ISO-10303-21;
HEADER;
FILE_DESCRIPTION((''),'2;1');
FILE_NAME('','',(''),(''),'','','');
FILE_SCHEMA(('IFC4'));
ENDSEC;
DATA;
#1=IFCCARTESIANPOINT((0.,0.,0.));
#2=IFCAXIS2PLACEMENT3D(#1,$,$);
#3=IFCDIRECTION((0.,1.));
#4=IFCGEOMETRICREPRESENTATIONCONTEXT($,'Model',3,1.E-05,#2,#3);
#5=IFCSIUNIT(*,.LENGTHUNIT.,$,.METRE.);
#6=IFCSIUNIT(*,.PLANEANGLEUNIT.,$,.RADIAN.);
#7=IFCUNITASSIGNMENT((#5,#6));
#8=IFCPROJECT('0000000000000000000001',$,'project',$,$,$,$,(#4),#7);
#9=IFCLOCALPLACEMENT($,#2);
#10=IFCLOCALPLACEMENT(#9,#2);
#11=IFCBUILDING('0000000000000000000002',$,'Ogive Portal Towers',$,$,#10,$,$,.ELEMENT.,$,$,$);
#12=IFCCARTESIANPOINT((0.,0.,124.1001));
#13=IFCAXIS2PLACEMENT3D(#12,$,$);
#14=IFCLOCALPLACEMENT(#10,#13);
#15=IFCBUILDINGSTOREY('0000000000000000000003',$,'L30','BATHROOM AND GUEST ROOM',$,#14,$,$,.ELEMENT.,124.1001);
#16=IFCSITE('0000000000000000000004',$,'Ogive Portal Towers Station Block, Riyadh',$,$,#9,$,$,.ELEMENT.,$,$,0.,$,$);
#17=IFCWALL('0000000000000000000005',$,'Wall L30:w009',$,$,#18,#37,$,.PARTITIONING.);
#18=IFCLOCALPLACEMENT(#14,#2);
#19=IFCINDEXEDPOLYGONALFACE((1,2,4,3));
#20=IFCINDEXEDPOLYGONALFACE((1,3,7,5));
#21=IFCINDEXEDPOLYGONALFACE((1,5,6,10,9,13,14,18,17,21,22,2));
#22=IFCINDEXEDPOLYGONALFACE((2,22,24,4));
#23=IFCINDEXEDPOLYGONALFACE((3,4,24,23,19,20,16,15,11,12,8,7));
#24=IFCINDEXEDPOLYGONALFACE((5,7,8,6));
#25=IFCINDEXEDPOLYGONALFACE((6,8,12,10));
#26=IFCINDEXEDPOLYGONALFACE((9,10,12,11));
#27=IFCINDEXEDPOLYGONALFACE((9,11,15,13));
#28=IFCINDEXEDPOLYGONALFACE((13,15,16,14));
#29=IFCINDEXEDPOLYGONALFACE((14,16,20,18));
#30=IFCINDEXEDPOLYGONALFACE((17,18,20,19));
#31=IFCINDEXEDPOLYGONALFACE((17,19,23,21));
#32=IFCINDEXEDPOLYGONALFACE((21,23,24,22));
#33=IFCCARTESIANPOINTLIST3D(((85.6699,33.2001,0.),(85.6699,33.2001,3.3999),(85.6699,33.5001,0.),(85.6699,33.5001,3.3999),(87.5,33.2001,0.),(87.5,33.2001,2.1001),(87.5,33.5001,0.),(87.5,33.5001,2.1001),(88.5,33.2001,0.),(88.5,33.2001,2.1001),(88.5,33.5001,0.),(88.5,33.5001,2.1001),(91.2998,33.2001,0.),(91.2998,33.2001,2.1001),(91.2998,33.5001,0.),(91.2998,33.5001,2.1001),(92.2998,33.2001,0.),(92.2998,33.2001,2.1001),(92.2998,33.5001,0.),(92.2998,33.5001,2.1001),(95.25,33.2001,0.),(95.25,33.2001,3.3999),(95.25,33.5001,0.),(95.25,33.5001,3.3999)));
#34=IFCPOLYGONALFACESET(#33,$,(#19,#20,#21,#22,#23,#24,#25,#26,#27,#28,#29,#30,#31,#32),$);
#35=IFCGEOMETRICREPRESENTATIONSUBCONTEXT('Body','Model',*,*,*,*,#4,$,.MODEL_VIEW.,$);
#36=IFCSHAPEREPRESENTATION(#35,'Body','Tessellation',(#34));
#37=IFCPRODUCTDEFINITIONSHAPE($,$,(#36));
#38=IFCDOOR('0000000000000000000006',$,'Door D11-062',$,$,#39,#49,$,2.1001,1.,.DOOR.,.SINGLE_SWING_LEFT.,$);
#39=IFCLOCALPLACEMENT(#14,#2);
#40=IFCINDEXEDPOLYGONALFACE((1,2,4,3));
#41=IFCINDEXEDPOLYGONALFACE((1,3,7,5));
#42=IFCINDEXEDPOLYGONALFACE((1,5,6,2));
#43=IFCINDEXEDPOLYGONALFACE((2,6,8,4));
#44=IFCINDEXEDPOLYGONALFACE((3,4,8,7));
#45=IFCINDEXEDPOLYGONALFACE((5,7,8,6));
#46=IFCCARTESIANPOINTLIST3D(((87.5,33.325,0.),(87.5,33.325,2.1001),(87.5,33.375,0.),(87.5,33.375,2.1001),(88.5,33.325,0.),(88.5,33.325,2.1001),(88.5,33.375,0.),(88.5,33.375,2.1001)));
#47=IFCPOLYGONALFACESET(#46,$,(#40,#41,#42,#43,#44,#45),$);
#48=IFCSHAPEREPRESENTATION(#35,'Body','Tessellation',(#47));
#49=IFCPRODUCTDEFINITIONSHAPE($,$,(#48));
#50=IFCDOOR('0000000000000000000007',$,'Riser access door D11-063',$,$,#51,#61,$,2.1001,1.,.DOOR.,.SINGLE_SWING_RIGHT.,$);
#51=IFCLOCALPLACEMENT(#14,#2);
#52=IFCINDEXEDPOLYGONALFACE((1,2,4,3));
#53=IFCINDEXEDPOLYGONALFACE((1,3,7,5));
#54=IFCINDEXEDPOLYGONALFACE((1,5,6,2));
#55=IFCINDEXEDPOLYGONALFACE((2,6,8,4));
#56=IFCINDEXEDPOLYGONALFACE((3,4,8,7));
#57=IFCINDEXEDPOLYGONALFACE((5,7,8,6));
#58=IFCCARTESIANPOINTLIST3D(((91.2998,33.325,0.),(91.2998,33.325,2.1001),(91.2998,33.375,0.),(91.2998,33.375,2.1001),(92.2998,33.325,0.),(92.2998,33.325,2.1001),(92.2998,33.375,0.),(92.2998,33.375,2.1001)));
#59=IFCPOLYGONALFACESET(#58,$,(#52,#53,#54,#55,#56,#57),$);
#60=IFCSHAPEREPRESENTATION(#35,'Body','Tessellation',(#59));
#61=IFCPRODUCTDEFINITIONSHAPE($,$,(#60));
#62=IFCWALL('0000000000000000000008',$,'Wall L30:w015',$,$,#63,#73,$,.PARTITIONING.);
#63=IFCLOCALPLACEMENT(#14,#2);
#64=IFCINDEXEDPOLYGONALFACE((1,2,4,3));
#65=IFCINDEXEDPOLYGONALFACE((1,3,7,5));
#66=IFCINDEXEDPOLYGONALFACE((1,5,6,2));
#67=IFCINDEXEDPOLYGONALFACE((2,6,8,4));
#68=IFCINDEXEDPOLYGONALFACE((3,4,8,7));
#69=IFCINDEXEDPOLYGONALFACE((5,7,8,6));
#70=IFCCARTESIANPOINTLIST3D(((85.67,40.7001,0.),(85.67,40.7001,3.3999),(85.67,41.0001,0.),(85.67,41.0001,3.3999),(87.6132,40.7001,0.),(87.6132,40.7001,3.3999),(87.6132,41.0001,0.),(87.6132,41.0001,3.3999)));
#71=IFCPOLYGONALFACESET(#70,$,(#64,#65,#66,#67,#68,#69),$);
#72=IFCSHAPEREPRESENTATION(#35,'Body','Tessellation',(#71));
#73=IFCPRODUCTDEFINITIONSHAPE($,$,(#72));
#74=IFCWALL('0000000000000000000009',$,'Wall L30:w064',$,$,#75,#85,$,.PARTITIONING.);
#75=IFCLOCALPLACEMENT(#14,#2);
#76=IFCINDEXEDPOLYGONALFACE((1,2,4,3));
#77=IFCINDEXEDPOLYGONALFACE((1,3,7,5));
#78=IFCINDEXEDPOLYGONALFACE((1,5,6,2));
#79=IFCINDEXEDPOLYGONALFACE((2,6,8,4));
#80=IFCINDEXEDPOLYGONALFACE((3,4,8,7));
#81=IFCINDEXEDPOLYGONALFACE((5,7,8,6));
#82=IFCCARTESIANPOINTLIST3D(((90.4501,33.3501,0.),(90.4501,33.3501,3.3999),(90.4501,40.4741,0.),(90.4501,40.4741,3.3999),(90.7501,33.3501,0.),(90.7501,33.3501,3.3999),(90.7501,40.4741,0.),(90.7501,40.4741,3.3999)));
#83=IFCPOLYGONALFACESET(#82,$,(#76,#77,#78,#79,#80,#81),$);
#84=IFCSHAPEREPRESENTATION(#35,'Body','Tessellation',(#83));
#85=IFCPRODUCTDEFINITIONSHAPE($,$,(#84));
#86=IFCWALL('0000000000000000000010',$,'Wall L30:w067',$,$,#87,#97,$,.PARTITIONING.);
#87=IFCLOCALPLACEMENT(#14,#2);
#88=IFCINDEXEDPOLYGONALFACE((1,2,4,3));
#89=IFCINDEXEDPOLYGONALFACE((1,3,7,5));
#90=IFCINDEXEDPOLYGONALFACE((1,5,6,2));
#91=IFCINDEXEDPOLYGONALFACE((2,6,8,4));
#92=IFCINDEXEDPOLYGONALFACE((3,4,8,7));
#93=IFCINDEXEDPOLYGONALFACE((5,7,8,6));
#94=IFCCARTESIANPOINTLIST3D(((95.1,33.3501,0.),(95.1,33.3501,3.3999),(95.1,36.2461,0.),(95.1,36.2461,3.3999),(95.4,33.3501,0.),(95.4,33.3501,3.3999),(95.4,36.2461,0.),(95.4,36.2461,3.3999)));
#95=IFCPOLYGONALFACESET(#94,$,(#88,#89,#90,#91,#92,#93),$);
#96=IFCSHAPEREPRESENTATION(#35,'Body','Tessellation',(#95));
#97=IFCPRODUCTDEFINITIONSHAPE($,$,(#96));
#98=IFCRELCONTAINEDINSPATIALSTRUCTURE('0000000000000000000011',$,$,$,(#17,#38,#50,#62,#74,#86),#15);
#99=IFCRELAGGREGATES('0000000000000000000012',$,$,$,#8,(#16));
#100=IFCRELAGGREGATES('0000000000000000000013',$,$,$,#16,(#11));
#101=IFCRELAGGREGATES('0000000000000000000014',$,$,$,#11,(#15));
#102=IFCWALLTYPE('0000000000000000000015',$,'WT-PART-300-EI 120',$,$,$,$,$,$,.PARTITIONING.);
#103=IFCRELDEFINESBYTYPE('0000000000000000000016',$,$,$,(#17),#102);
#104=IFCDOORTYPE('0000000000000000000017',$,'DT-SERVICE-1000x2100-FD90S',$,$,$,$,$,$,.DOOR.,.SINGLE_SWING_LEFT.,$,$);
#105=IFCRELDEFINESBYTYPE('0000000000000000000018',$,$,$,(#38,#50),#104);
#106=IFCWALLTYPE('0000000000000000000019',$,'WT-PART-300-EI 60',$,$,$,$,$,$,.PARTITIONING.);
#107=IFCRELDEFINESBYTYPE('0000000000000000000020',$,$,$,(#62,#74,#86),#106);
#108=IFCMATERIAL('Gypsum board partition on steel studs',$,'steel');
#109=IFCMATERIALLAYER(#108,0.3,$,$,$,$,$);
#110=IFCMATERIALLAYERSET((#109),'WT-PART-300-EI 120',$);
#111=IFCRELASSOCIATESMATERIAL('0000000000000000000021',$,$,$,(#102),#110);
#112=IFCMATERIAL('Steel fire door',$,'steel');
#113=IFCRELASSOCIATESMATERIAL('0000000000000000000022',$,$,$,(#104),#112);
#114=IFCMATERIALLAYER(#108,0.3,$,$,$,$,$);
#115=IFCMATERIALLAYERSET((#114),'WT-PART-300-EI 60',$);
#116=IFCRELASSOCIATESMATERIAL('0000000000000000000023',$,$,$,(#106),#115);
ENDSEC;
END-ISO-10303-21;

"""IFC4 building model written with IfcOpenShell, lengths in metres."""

from ifc_helpers import new_model, si_unit, direction, frame, frame_2d, origin, place, context, subcontext, project, spatial, rectangle, extrude, material, layer, layer_set, type_object, element, fill, save


model = new_model("IFC4")

# Units and contexts
model_context = context("Model", 3, precision=1e-05, world=origin(), true_north=direction((0.0, 1.0)))
body_context = subcontext(model_context, "Body", "Model", "MODEL_VIEW")
ifc_project = project(units=[si_unit("LENGTHUNIT", "METRE"), si_unit("PLANEANGLEUNIT", "RADIAN")], contexts=[model_context])

# Site, building, storey
site_placement = place(None, origin())
site = spatial("IfcSite", under=ifc_project, at=site_placement, Name="Ogive Portal Towers Station Block, Riyadh", CompositionType="ELEMENT", RefElevation=0.0)
building_placement = place(site_placement, origin())
building = spatial("IfcBuilding", under=site, at=building_placement, Name="Ogive Portal Towers", CompositionType="ELEMENT")
storey_placement = place(building_placement, frame((0.0, 0.0, 124.1001)))
storey = spatial("IfcBuildingStorey", under=building, at=storey_placement, Name="L30", Description="BATHROOM AND GUEST ROOM", CompositionType="ELEMENT", Elevation=124.1001)

# Wall, openings, doors
ifc_material_1 = material(Name="Gypsum board partition on steel studs", Category="steel")
ifc_layer_1 = layer(ifc_material_1, 0.3)
ifc_layer_set_1 = layer_set([ifc_layer_1], Name="WT-PART-300-EI 120")
wall_type_1 = type_object("IfcWallType", Name="WT-PART-300-EI 120", PredefinedType="PARTITIONING", material=ifc_layer_set_1)
wall_1_placement = place(storey_placement, frame((85.6699, 33.3501, 0.0), z_axis=(0.0, 0.0, 1.0), x_axis=(1.0, 0.0, 0.0)))
wall_1 = element("IfcWall", 1, at=wall_1_placement, inside=storey, type_object=wall_type_1, Name="Wall L30:w009", PredefinedType="PARTITIONING", context=body_context, shape_type="SweptSolid", body=[
    extrude(rectangle(XDim=9.5801, YDim=0.3, at=frame_2d((4.79, 0.0))), origin(), (0.0, 0.0, 1.0), 3.3999),
])
opening_1_placement = place(wall_1_placement, frame((1.8301, 0.0, 0.0)))
opening_1 = element("IfcOpeningElement", 2, at=opening_1_placement, cuts=wall_1, PredefinedType="OPENING", context=body_context, shape_type="SweptSolid", body=[
    extrude(rectangle(XDim=1.0, YDim=2.1001, at=frame_2d((0.5, 1.05))), frame((0.0, 0.1602, 0.0), z_axis=(0.0, -1.0, 0.0), x_axis=(1.0, 0.0, 0.0)), (0.0, 0.0, 1.0), 0.3201),
])
opening_2_placement = place(wall_1_placement, frame((5.6299, 0.0, 0.0)))
opening_2 = element("IfcOpeningElement", 3, at=opening_2_placement, cuts=wall_1, PredefinedType="OPENING", context=body_context, shape_type="SweptSolid", body=[
    extrude(rectangle(XDim=1.0, YDim=2.1001, at=frame_2d((0.5, 1.05))), frame((0.0, 0.1602, 0.0), z_axis=(0.0, -1.0, 0.0), x_axis=(1.0, 0.0, 0.0)), (0.0, 0.0, 1.0), 0.3201),
])
ifc_material_2 = material(Name="Steel fire door", Category="steel")
door_type = type_object("IfcDoorType", Name="DT-SERVICE-1000x2100-FD90S", OperationType="SINGLE_SWING_LEFT", PredefinedType="DOOR", material=ifc_material_2)
door_1_placement = place(opening_1_placement, origin())
door_1 = element("IfcDoor", 4, at=door_1_placement, inside=storey, type_object=door_type, Name="Door D11-062", OperationType="SINGLE_SWING_LEFT", OverallHeight=2.1001, OverallWidth=1.0, PredefinedType="DOOR", context=body_context, shape_type="SweptSolid", body=[
    extrude(rectangle(XDim=1.0, YDim=2.1001, at=frame_2d((0.5, 1.05))), frame((0.0, 0.0249, 0.0), z_axis=(0.0, -1.0, 0.0), x_axis=(1.0, 0.0, 0.0)), (0.0, 0.0, 1.0), 0.05),
])
fill(opening_1, door_1)
door_2_placement = place(opening_2_placement, origin())
door_2 = element("IfcDoor", 5, at=door_2_placement, inside=storey, type_object=door_type, Name="Riser access door D11-063", OperationType="SINGLE_SWING_RIGHT", OverallHeight=2.1001, OverallWidth=1.0, PredefinedType="DOOR", context=body_context, shape_type="SweptSolid", body=[
    extrude(rectangle(XDim=1.0, YDim=2.1001, at=frame_2d((0.5, 1.05))), frame((0.0, 0.0249, 0.0), z_axis=(0.0, -1.0, 0.0), x_axis=(1.0, 0.0, 0.0)), (0.0, 0.0, 1.0), 0.05),
])
fill(opening_2, door_2)

# Walls
ifc_layer_2 = layer(ifc_material_1, 0.3)
ifc_layer_set_2 = layer_set([ifc_layer_2], Name="WT-PART-300-EI 60")
wall_type_2 = type_object("IfcWallType", Name="WT-PART-300-EI 60", PredefinedType="PARTITIONING", material=ifc_layer_set_2)
wall_2_placement = place(storey_placement, frame((85.6699, 40.8501, 0.0), z_axis=(0.0, 0.0, 1.0), x_axis=(1.0, 0.0, 0.0)))
element("IfcWall", 6, at=wall_2_placement, inside=storey, type_object=wall_type_2, Name="Wall L30:w015", PredefinedType="PARTITIONING", context=body_context, shape_type="SweptSolid", body=[
    extrude(rectangle(XDim=1.9431, YDim=0.3, at=frame_2d((0.9717, 0.0))), origin(), (0.0, 0.0, 1.0), 3.3999),
])
wall_3_placement = place(storey_placement, frame((90.6001, 33.3501, 0.0), z_axis=(0.0, 0.0, 1.0), x_axis=(0.0, 1.0, 0.0)))
element("IfcWall", 7, at=wall_3_placement, inside=storey, type_object=wall_type_2, Name="Wall L30:w064", PredefinedType="PARTITIONING", context=body_context, shape_type="SweptSolid", body=[
    extrude(rectangle(XDim=7.124, YDim=0.3, at=frame_2d((3.562, 0.0))), origin(), (0.0, 0.0, 1.0), 3.3999),
])
wall_4_placement = place(storey_placement, frame((95.25, 33.3501, 0.0), z_axis=(0.0, 0.0, 1.0), x_axis=(0.0, 1.0, 0.0)))
element("IfcWall", 8, at=wall_4_placement, inside=storey, type_object=wall_type_2, Name="Wall L30:w067", PredefinedType="PARTITIONING", context=body_context, shape_type="SweptSolid", body=[
    extrude(rectangle(XDim=2.896, YDim=0.3, at=frame_2d((1.448, 0.0))), origin(), (0.0, 0.0, 1.0), 3.3999),
])

save(model, "model.ifc")
